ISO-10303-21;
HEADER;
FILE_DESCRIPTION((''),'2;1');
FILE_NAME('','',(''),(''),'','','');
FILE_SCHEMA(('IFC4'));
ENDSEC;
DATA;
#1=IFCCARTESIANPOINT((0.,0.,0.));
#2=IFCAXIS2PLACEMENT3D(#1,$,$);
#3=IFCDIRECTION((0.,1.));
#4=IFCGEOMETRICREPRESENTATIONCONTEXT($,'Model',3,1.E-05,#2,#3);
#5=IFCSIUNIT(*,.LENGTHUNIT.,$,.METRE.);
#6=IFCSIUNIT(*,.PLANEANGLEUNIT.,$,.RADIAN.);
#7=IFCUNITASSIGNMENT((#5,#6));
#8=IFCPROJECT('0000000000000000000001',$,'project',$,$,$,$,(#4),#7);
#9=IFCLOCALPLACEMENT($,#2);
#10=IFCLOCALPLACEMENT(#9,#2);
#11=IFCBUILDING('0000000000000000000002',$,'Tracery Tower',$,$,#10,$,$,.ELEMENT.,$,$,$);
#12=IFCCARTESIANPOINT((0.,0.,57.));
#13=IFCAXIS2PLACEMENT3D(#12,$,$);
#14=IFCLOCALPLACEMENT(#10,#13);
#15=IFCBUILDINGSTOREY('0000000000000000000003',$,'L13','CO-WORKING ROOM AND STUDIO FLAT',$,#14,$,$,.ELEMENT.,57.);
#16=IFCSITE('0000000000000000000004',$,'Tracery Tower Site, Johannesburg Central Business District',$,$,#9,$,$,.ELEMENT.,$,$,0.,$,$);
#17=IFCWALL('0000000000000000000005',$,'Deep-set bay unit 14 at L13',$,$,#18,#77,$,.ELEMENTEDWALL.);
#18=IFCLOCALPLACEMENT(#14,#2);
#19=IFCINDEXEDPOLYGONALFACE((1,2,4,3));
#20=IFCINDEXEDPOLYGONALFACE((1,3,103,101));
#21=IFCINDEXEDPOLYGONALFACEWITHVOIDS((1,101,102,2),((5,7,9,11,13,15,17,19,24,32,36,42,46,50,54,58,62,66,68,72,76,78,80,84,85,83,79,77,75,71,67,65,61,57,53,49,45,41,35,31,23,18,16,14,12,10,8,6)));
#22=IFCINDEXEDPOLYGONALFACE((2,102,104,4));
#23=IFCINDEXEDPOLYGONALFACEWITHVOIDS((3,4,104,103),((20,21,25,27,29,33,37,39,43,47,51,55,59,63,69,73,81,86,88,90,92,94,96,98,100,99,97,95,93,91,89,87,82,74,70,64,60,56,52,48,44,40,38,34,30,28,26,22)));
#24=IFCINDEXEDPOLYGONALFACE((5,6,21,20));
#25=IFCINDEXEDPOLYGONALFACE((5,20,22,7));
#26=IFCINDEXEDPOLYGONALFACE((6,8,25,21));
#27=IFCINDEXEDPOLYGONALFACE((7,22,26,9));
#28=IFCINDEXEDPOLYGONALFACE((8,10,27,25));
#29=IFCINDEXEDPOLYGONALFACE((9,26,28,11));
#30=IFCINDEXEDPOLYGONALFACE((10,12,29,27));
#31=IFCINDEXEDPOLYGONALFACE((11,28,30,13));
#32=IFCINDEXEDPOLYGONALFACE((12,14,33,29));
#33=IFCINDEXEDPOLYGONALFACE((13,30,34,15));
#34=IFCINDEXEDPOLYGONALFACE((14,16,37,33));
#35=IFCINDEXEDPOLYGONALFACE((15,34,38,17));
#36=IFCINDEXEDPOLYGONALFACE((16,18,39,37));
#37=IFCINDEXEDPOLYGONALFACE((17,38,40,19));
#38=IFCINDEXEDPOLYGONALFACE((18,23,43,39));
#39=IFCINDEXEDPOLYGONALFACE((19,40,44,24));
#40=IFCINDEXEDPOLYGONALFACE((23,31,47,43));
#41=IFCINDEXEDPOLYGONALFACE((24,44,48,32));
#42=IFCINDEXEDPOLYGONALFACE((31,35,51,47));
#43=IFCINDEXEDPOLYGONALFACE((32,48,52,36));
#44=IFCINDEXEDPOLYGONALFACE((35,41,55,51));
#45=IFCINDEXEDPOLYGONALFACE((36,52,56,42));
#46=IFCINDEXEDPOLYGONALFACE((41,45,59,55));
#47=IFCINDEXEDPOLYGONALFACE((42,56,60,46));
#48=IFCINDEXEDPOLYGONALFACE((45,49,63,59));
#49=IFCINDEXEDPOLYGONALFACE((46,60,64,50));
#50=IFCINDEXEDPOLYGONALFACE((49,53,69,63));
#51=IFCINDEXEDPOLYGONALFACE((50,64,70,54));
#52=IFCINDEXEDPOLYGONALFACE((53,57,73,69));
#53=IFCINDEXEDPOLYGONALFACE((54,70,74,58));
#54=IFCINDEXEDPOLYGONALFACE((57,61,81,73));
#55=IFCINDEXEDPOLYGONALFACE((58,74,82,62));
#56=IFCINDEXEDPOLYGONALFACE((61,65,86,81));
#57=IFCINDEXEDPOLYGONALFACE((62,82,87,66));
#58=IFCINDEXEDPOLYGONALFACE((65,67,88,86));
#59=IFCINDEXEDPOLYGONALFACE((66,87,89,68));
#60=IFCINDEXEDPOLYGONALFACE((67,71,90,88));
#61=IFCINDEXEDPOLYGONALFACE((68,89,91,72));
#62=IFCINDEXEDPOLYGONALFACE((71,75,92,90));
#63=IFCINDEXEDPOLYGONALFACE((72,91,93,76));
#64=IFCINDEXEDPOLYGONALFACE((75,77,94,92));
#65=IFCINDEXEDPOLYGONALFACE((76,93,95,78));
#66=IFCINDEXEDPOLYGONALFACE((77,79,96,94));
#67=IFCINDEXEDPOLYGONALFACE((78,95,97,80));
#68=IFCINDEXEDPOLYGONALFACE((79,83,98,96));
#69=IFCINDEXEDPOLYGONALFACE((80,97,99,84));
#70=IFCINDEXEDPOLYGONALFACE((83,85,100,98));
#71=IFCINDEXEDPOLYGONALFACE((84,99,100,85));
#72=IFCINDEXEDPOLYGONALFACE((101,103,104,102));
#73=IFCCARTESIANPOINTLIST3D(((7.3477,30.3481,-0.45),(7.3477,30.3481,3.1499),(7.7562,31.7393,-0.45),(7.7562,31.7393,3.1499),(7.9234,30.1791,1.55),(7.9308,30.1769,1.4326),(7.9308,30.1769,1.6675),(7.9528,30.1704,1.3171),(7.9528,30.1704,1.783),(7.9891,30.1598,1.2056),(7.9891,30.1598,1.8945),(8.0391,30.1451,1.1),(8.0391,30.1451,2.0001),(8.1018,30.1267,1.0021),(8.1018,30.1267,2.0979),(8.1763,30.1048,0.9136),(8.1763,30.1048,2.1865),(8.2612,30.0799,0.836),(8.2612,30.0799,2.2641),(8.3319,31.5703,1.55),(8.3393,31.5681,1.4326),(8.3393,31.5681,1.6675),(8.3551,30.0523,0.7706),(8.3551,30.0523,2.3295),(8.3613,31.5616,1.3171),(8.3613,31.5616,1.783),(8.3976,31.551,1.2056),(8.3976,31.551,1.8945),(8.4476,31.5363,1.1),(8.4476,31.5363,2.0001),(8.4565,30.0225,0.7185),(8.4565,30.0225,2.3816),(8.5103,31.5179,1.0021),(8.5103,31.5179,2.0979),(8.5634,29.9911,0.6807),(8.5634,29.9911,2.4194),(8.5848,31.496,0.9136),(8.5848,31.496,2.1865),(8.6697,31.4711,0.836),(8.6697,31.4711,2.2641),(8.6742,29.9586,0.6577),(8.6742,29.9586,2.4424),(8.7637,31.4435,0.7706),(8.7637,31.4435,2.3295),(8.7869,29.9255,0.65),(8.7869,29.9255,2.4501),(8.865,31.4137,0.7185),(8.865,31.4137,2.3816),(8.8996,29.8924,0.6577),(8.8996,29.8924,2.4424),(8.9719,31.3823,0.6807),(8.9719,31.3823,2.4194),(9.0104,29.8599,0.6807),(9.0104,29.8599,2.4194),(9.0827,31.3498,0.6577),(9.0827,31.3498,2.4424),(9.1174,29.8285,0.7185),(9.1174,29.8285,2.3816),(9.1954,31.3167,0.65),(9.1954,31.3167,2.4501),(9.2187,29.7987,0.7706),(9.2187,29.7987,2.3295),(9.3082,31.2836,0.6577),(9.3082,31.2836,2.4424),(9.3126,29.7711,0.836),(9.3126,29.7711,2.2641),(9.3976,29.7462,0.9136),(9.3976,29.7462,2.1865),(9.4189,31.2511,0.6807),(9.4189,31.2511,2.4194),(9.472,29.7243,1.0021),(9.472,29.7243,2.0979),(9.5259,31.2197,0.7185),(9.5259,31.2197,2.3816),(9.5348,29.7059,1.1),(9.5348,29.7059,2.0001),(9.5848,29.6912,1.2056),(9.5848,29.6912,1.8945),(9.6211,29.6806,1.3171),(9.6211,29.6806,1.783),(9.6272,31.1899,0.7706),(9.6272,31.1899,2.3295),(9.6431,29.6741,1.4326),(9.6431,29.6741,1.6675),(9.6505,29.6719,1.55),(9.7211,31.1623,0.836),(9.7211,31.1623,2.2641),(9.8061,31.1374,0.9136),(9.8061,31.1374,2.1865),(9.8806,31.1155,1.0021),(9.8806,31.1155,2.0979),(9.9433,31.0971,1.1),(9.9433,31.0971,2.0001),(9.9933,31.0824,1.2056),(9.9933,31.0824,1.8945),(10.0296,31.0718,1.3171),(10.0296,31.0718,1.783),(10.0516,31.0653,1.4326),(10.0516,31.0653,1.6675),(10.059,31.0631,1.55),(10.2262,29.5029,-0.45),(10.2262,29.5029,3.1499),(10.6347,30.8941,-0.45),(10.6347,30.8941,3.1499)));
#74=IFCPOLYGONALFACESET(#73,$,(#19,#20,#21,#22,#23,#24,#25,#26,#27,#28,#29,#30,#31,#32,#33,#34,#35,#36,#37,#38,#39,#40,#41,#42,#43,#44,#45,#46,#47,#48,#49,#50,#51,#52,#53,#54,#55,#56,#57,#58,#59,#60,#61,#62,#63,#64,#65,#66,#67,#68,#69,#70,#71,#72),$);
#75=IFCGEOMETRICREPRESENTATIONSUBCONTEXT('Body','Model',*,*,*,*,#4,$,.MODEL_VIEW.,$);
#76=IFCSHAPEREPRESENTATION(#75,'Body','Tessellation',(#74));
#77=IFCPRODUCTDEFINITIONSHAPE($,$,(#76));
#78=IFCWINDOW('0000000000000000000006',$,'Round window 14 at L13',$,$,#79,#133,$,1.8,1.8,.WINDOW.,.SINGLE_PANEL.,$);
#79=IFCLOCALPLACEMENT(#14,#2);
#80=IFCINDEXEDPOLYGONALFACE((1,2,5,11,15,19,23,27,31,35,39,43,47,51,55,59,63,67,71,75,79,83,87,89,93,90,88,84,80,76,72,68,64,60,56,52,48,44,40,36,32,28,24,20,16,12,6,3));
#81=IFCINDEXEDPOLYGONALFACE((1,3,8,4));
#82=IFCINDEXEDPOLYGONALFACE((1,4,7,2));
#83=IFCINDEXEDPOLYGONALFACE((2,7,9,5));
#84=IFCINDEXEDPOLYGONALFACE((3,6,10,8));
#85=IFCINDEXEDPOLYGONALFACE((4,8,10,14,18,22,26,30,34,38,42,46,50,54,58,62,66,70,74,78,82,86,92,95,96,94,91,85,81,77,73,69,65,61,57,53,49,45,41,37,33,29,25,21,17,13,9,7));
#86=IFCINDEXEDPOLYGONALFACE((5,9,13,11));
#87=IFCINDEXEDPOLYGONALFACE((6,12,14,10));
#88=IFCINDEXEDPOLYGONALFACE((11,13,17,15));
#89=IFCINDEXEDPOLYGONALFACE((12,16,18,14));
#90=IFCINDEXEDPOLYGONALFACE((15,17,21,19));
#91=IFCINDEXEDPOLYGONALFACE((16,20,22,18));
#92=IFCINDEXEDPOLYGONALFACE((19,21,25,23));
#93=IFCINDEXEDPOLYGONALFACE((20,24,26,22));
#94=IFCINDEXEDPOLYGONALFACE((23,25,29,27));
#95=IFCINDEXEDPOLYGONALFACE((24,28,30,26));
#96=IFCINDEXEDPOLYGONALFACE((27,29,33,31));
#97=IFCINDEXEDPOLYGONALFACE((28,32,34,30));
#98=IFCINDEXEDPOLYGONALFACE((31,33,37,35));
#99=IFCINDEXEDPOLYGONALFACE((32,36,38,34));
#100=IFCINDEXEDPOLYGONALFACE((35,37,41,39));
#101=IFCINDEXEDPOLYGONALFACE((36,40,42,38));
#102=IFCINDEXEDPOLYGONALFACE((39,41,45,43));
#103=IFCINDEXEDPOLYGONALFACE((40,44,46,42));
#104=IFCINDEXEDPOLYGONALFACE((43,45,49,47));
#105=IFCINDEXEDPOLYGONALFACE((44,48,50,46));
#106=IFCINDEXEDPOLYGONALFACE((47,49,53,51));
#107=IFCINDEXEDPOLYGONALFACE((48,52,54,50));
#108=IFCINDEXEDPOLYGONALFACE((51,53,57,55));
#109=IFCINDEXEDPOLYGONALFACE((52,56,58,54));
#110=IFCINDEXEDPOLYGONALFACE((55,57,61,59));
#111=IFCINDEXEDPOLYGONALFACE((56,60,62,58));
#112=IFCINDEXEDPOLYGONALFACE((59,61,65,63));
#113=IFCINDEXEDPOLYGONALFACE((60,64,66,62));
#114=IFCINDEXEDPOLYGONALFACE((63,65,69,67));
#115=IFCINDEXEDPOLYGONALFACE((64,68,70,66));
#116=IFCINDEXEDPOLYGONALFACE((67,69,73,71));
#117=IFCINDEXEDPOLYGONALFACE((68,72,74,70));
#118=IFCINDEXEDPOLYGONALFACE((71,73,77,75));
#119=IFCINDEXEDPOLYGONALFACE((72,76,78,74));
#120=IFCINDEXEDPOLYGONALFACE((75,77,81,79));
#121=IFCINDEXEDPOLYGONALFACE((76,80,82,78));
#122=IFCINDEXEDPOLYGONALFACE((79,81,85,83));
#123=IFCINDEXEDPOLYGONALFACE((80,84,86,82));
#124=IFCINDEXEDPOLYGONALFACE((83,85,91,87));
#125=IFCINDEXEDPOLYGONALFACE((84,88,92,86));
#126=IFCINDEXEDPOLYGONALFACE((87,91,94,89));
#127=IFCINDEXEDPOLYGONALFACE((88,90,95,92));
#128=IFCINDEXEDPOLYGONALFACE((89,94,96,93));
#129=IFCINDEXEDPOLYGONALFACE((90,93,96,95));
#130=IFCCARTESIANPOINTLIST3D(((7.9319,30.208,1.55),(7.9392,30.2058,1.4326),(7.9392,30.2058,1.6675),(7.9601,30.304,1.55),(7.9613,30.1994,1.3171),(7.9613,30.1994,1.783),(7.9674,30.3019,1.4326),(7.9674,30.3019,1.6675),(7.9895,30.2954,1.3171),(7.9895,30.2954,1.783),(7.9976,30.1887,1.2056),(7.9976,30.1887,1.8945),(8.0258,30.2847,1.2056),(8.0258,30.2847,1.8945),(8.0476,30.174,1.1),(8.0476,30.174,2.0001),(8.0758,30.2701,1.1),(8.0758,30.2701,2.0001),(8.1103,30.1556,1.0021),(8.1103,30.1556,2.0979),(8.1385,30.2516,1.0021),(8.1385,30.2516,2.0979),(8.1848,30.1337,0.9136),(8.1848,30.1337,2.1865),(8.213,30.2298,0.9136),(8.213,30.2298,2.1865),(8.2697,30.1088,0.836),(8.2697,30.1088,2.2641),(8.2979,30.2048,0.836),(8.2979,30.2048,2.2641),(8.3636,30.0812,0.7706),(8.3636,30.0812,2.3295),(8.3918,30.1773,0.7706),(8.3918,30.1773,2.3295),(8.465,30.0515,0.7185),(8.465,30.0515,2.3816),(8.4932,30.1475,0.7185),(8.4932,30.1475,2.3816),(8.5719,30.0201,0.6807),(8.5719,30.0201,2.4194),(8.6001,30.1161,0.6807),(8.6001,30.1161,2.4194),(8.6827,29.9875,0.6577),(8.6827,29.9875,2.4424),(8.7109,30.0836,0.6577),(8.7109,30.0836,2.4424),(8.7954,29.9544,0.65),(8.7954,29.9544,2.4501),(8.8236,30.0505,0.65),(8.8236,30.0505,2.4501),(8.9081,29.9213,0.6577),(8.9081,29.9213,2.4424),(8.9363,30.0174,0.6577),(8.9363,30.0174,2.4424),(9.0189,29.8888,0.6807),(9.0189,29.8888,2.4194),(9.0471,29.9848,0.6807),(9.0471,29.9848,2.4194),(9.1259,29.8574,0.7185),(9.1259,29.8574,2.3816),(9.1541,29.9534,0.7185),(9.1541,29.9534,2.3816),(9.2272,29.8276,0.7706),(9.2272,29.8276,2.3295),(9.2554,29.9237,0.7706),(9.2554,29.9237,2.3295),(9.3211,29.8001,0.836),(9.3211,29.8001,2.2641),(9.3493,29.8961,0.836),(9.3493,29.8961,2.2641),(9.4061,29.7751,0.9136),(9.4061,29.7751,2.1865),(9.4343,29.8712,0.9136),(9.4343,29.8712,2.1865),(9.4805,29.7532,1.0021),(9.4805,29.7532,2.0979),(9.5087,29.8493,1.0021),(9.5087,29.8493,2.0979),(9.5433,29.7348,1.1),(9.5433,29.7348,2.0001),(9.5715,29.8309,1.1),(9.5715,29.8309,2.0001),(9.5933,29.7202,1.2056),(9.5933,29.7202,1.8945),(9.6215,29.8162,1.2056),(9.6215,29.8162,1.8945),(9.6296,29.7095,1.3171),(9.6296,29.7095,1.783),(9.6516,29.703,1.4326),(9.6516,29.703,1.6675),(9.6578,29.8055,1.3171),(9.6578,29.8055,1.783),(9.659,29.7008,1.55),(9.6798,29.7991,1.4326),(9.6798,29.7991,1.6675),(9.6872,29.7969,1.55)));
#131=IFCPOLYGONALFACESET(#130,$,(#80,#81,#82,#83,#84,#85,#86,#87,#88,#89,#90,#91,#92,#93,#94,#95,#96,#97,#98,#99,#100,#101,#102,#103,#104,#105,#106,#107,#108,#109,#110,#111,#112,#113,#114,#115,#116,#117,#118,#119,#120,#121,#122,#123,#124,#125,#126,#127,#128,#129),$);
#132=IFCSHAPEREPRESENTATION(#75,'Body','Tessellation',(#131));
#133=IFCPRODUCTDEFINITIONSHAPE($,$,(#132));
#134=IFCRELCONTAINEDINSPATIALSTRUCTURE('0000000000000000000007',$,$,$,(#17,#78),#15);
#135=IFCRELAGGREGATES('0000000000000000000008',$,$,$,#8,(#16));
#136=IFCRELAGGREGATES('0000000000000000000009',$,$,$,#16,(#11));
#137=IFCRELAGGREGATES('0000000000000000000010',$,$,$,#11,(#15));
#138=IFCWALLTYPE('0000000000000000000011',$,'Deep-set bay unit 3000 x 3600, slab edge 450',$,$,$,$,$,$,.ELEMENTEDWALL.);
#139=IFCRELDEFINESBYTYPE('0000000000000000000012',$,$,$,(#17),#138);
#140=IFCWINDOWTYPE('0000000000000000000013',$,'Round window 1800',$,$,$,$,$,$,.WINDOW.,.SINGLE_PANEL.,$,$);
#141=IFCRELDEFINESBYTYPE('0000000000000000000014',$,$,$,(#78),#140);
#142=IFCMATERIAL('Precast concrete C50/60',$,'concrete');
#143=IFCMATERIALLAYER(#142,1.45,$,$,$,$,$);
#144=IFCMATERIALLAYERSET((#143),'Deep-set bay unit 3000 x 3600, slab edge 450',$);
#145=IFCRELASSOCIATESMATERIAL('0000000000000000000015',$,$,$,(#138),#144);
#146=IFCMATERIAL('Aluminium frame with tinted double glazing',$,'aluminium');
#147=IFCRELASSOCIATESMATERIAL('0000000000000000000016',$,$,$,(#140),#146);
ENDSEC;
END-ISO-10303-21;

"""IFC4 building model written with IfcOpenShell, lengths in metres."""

from ifc_helpers import new_model, si_unit, direction, frame, frame_2d, origin, origin_2d, place, context, subcontext, project, spatial, rectangle, circle, extrude, material, layer, layer_set, type_object, element, fill, save


model = new_model("IFC4")

# Units and contexts
model_context = context("Model", 3, precision=1e-05, world=origin(), true_north=direction((0.0, 1.0)))
body_context = subcontext(model_context, "Body", "Model", "MODEL_VIEW")
ifc_project = project(units=[si_unit("LENGTHUNIT", "METRE"), si_unit("PLANEANGLEUNIT", "RADIAN")], contexts=[model_context])

# Site, building, storey
site_placement = place(None, origin())
site = spatial("IfcSite", under=ifc_project, at=site_placement, Name="Tracery Tower Site, Johannesburg Central Business District", CompositionType="ELEMENT", RefElevation=0.0)
building_placement = place(site_placement, origin())
building = spatial("IfcBuilding", under=site, at=building_placement, Name="Tracery Tower", CompositionType="ELEMENT")
storey_placement = place(building_placement, frame((0.0, 0.0, 57.0)))
storey = spatial("IfcBuildingStorey", under=building, at=storey_placement, Name="L13", Description="CO-WORKING ROOM AND STUDIO FLAT", CompositionType="ELEMENT", Elevation=57.0)

# Wall, opening, window
ifc_material_1 = material(Name="Precast concrete C50/60", Category="concrete")
ifc_layer_1 = layer(ifc_material_1, 1.45)
ifc_layer_set_1 = layer_set([ifc_layer_1], Name="Deep-set bay unit 3000 x 3600, slab edge 450")
wall_type_1 = type_object("IfcWallType", Name="Deep-set bay unit 3000 x 3600, slab edge 450", PredefinedType="ELEMENTEDWALL", material=ifc_layer_set_1)
wall_1_placement = place(storey_placement, frame((10.4304, 30.1985, -0.45), z_axis=(0.0, 0.0, 1.0), x_axis=(-0.95949, 0.281743, 0.0)))
wall_1 = element("IfcWall", 1, at=wall_1_placement, inside=storey, type_object=wall_type_1, Name="Deep-set bay unit 14 at L13", PredefinedType="ELEMENTEDWALL", context=body_context, shape_type="SweptSolid", body=[
    extrude(rectangle(XDim=3.0, YDim=1.45, at=frame_2d((1.5, 0.0))), origin(), (0.0, 0.0, 1.0), 3.5999),
])
opening_1_placement = place(wall_1_placement, frame((1.5, 0.0, 2.0)))
opening_1 = element("IfcOpeningElement", 2, at=opening_1_placement, cuts=wall_1, PredefinedType="OPENING", context=body_context, shape_type="SweptSolid", body=[
    extrude(circle(Radius=0.9, at=origin_2d()), frame((0.0, 0.7349, 0.0), z_axis=(0.0, -1.0, 0.0), x_axis=(1.0, 0.0, 0.0)), (0.0, 0.0, 1.0), 1.47),
])
ifc_material_2 = material(Name="Aluminium frame with tinted double glazing", Category="aluminium")
window_type = type_object("IfcWindowType", Name="Round window 1800", PartitioningType="SINGLE_PANEL", PredefinedType="WINDOW", material=ifc_material_2)
window_1_placement = place(opening_1_placement, origin())
window_1 = element("IfcWindow", 3, at=window_1_placement, inside=storey, type_object=window_type, Name="Round window 14 at L13", OverallHeight=1.8, OverallWidth=1.8, PartitioningType="SINGLE_PANEL", PredefinedType="WINDOW", context=body_context, shape_type="SweptSolid", body=[
    extrude(circle(Radius=0.9, at=origin_2d()), frame((0.0, 0.6948, 0.0), z_axis=(0.0, -1.0, 0.0), x_axis=(1.0, 0.0, 0.0)), (0.0, 0.0, 1.0), 0.1001),
])
fill(opening_1, window_1)

save(model, "model.ifc")
